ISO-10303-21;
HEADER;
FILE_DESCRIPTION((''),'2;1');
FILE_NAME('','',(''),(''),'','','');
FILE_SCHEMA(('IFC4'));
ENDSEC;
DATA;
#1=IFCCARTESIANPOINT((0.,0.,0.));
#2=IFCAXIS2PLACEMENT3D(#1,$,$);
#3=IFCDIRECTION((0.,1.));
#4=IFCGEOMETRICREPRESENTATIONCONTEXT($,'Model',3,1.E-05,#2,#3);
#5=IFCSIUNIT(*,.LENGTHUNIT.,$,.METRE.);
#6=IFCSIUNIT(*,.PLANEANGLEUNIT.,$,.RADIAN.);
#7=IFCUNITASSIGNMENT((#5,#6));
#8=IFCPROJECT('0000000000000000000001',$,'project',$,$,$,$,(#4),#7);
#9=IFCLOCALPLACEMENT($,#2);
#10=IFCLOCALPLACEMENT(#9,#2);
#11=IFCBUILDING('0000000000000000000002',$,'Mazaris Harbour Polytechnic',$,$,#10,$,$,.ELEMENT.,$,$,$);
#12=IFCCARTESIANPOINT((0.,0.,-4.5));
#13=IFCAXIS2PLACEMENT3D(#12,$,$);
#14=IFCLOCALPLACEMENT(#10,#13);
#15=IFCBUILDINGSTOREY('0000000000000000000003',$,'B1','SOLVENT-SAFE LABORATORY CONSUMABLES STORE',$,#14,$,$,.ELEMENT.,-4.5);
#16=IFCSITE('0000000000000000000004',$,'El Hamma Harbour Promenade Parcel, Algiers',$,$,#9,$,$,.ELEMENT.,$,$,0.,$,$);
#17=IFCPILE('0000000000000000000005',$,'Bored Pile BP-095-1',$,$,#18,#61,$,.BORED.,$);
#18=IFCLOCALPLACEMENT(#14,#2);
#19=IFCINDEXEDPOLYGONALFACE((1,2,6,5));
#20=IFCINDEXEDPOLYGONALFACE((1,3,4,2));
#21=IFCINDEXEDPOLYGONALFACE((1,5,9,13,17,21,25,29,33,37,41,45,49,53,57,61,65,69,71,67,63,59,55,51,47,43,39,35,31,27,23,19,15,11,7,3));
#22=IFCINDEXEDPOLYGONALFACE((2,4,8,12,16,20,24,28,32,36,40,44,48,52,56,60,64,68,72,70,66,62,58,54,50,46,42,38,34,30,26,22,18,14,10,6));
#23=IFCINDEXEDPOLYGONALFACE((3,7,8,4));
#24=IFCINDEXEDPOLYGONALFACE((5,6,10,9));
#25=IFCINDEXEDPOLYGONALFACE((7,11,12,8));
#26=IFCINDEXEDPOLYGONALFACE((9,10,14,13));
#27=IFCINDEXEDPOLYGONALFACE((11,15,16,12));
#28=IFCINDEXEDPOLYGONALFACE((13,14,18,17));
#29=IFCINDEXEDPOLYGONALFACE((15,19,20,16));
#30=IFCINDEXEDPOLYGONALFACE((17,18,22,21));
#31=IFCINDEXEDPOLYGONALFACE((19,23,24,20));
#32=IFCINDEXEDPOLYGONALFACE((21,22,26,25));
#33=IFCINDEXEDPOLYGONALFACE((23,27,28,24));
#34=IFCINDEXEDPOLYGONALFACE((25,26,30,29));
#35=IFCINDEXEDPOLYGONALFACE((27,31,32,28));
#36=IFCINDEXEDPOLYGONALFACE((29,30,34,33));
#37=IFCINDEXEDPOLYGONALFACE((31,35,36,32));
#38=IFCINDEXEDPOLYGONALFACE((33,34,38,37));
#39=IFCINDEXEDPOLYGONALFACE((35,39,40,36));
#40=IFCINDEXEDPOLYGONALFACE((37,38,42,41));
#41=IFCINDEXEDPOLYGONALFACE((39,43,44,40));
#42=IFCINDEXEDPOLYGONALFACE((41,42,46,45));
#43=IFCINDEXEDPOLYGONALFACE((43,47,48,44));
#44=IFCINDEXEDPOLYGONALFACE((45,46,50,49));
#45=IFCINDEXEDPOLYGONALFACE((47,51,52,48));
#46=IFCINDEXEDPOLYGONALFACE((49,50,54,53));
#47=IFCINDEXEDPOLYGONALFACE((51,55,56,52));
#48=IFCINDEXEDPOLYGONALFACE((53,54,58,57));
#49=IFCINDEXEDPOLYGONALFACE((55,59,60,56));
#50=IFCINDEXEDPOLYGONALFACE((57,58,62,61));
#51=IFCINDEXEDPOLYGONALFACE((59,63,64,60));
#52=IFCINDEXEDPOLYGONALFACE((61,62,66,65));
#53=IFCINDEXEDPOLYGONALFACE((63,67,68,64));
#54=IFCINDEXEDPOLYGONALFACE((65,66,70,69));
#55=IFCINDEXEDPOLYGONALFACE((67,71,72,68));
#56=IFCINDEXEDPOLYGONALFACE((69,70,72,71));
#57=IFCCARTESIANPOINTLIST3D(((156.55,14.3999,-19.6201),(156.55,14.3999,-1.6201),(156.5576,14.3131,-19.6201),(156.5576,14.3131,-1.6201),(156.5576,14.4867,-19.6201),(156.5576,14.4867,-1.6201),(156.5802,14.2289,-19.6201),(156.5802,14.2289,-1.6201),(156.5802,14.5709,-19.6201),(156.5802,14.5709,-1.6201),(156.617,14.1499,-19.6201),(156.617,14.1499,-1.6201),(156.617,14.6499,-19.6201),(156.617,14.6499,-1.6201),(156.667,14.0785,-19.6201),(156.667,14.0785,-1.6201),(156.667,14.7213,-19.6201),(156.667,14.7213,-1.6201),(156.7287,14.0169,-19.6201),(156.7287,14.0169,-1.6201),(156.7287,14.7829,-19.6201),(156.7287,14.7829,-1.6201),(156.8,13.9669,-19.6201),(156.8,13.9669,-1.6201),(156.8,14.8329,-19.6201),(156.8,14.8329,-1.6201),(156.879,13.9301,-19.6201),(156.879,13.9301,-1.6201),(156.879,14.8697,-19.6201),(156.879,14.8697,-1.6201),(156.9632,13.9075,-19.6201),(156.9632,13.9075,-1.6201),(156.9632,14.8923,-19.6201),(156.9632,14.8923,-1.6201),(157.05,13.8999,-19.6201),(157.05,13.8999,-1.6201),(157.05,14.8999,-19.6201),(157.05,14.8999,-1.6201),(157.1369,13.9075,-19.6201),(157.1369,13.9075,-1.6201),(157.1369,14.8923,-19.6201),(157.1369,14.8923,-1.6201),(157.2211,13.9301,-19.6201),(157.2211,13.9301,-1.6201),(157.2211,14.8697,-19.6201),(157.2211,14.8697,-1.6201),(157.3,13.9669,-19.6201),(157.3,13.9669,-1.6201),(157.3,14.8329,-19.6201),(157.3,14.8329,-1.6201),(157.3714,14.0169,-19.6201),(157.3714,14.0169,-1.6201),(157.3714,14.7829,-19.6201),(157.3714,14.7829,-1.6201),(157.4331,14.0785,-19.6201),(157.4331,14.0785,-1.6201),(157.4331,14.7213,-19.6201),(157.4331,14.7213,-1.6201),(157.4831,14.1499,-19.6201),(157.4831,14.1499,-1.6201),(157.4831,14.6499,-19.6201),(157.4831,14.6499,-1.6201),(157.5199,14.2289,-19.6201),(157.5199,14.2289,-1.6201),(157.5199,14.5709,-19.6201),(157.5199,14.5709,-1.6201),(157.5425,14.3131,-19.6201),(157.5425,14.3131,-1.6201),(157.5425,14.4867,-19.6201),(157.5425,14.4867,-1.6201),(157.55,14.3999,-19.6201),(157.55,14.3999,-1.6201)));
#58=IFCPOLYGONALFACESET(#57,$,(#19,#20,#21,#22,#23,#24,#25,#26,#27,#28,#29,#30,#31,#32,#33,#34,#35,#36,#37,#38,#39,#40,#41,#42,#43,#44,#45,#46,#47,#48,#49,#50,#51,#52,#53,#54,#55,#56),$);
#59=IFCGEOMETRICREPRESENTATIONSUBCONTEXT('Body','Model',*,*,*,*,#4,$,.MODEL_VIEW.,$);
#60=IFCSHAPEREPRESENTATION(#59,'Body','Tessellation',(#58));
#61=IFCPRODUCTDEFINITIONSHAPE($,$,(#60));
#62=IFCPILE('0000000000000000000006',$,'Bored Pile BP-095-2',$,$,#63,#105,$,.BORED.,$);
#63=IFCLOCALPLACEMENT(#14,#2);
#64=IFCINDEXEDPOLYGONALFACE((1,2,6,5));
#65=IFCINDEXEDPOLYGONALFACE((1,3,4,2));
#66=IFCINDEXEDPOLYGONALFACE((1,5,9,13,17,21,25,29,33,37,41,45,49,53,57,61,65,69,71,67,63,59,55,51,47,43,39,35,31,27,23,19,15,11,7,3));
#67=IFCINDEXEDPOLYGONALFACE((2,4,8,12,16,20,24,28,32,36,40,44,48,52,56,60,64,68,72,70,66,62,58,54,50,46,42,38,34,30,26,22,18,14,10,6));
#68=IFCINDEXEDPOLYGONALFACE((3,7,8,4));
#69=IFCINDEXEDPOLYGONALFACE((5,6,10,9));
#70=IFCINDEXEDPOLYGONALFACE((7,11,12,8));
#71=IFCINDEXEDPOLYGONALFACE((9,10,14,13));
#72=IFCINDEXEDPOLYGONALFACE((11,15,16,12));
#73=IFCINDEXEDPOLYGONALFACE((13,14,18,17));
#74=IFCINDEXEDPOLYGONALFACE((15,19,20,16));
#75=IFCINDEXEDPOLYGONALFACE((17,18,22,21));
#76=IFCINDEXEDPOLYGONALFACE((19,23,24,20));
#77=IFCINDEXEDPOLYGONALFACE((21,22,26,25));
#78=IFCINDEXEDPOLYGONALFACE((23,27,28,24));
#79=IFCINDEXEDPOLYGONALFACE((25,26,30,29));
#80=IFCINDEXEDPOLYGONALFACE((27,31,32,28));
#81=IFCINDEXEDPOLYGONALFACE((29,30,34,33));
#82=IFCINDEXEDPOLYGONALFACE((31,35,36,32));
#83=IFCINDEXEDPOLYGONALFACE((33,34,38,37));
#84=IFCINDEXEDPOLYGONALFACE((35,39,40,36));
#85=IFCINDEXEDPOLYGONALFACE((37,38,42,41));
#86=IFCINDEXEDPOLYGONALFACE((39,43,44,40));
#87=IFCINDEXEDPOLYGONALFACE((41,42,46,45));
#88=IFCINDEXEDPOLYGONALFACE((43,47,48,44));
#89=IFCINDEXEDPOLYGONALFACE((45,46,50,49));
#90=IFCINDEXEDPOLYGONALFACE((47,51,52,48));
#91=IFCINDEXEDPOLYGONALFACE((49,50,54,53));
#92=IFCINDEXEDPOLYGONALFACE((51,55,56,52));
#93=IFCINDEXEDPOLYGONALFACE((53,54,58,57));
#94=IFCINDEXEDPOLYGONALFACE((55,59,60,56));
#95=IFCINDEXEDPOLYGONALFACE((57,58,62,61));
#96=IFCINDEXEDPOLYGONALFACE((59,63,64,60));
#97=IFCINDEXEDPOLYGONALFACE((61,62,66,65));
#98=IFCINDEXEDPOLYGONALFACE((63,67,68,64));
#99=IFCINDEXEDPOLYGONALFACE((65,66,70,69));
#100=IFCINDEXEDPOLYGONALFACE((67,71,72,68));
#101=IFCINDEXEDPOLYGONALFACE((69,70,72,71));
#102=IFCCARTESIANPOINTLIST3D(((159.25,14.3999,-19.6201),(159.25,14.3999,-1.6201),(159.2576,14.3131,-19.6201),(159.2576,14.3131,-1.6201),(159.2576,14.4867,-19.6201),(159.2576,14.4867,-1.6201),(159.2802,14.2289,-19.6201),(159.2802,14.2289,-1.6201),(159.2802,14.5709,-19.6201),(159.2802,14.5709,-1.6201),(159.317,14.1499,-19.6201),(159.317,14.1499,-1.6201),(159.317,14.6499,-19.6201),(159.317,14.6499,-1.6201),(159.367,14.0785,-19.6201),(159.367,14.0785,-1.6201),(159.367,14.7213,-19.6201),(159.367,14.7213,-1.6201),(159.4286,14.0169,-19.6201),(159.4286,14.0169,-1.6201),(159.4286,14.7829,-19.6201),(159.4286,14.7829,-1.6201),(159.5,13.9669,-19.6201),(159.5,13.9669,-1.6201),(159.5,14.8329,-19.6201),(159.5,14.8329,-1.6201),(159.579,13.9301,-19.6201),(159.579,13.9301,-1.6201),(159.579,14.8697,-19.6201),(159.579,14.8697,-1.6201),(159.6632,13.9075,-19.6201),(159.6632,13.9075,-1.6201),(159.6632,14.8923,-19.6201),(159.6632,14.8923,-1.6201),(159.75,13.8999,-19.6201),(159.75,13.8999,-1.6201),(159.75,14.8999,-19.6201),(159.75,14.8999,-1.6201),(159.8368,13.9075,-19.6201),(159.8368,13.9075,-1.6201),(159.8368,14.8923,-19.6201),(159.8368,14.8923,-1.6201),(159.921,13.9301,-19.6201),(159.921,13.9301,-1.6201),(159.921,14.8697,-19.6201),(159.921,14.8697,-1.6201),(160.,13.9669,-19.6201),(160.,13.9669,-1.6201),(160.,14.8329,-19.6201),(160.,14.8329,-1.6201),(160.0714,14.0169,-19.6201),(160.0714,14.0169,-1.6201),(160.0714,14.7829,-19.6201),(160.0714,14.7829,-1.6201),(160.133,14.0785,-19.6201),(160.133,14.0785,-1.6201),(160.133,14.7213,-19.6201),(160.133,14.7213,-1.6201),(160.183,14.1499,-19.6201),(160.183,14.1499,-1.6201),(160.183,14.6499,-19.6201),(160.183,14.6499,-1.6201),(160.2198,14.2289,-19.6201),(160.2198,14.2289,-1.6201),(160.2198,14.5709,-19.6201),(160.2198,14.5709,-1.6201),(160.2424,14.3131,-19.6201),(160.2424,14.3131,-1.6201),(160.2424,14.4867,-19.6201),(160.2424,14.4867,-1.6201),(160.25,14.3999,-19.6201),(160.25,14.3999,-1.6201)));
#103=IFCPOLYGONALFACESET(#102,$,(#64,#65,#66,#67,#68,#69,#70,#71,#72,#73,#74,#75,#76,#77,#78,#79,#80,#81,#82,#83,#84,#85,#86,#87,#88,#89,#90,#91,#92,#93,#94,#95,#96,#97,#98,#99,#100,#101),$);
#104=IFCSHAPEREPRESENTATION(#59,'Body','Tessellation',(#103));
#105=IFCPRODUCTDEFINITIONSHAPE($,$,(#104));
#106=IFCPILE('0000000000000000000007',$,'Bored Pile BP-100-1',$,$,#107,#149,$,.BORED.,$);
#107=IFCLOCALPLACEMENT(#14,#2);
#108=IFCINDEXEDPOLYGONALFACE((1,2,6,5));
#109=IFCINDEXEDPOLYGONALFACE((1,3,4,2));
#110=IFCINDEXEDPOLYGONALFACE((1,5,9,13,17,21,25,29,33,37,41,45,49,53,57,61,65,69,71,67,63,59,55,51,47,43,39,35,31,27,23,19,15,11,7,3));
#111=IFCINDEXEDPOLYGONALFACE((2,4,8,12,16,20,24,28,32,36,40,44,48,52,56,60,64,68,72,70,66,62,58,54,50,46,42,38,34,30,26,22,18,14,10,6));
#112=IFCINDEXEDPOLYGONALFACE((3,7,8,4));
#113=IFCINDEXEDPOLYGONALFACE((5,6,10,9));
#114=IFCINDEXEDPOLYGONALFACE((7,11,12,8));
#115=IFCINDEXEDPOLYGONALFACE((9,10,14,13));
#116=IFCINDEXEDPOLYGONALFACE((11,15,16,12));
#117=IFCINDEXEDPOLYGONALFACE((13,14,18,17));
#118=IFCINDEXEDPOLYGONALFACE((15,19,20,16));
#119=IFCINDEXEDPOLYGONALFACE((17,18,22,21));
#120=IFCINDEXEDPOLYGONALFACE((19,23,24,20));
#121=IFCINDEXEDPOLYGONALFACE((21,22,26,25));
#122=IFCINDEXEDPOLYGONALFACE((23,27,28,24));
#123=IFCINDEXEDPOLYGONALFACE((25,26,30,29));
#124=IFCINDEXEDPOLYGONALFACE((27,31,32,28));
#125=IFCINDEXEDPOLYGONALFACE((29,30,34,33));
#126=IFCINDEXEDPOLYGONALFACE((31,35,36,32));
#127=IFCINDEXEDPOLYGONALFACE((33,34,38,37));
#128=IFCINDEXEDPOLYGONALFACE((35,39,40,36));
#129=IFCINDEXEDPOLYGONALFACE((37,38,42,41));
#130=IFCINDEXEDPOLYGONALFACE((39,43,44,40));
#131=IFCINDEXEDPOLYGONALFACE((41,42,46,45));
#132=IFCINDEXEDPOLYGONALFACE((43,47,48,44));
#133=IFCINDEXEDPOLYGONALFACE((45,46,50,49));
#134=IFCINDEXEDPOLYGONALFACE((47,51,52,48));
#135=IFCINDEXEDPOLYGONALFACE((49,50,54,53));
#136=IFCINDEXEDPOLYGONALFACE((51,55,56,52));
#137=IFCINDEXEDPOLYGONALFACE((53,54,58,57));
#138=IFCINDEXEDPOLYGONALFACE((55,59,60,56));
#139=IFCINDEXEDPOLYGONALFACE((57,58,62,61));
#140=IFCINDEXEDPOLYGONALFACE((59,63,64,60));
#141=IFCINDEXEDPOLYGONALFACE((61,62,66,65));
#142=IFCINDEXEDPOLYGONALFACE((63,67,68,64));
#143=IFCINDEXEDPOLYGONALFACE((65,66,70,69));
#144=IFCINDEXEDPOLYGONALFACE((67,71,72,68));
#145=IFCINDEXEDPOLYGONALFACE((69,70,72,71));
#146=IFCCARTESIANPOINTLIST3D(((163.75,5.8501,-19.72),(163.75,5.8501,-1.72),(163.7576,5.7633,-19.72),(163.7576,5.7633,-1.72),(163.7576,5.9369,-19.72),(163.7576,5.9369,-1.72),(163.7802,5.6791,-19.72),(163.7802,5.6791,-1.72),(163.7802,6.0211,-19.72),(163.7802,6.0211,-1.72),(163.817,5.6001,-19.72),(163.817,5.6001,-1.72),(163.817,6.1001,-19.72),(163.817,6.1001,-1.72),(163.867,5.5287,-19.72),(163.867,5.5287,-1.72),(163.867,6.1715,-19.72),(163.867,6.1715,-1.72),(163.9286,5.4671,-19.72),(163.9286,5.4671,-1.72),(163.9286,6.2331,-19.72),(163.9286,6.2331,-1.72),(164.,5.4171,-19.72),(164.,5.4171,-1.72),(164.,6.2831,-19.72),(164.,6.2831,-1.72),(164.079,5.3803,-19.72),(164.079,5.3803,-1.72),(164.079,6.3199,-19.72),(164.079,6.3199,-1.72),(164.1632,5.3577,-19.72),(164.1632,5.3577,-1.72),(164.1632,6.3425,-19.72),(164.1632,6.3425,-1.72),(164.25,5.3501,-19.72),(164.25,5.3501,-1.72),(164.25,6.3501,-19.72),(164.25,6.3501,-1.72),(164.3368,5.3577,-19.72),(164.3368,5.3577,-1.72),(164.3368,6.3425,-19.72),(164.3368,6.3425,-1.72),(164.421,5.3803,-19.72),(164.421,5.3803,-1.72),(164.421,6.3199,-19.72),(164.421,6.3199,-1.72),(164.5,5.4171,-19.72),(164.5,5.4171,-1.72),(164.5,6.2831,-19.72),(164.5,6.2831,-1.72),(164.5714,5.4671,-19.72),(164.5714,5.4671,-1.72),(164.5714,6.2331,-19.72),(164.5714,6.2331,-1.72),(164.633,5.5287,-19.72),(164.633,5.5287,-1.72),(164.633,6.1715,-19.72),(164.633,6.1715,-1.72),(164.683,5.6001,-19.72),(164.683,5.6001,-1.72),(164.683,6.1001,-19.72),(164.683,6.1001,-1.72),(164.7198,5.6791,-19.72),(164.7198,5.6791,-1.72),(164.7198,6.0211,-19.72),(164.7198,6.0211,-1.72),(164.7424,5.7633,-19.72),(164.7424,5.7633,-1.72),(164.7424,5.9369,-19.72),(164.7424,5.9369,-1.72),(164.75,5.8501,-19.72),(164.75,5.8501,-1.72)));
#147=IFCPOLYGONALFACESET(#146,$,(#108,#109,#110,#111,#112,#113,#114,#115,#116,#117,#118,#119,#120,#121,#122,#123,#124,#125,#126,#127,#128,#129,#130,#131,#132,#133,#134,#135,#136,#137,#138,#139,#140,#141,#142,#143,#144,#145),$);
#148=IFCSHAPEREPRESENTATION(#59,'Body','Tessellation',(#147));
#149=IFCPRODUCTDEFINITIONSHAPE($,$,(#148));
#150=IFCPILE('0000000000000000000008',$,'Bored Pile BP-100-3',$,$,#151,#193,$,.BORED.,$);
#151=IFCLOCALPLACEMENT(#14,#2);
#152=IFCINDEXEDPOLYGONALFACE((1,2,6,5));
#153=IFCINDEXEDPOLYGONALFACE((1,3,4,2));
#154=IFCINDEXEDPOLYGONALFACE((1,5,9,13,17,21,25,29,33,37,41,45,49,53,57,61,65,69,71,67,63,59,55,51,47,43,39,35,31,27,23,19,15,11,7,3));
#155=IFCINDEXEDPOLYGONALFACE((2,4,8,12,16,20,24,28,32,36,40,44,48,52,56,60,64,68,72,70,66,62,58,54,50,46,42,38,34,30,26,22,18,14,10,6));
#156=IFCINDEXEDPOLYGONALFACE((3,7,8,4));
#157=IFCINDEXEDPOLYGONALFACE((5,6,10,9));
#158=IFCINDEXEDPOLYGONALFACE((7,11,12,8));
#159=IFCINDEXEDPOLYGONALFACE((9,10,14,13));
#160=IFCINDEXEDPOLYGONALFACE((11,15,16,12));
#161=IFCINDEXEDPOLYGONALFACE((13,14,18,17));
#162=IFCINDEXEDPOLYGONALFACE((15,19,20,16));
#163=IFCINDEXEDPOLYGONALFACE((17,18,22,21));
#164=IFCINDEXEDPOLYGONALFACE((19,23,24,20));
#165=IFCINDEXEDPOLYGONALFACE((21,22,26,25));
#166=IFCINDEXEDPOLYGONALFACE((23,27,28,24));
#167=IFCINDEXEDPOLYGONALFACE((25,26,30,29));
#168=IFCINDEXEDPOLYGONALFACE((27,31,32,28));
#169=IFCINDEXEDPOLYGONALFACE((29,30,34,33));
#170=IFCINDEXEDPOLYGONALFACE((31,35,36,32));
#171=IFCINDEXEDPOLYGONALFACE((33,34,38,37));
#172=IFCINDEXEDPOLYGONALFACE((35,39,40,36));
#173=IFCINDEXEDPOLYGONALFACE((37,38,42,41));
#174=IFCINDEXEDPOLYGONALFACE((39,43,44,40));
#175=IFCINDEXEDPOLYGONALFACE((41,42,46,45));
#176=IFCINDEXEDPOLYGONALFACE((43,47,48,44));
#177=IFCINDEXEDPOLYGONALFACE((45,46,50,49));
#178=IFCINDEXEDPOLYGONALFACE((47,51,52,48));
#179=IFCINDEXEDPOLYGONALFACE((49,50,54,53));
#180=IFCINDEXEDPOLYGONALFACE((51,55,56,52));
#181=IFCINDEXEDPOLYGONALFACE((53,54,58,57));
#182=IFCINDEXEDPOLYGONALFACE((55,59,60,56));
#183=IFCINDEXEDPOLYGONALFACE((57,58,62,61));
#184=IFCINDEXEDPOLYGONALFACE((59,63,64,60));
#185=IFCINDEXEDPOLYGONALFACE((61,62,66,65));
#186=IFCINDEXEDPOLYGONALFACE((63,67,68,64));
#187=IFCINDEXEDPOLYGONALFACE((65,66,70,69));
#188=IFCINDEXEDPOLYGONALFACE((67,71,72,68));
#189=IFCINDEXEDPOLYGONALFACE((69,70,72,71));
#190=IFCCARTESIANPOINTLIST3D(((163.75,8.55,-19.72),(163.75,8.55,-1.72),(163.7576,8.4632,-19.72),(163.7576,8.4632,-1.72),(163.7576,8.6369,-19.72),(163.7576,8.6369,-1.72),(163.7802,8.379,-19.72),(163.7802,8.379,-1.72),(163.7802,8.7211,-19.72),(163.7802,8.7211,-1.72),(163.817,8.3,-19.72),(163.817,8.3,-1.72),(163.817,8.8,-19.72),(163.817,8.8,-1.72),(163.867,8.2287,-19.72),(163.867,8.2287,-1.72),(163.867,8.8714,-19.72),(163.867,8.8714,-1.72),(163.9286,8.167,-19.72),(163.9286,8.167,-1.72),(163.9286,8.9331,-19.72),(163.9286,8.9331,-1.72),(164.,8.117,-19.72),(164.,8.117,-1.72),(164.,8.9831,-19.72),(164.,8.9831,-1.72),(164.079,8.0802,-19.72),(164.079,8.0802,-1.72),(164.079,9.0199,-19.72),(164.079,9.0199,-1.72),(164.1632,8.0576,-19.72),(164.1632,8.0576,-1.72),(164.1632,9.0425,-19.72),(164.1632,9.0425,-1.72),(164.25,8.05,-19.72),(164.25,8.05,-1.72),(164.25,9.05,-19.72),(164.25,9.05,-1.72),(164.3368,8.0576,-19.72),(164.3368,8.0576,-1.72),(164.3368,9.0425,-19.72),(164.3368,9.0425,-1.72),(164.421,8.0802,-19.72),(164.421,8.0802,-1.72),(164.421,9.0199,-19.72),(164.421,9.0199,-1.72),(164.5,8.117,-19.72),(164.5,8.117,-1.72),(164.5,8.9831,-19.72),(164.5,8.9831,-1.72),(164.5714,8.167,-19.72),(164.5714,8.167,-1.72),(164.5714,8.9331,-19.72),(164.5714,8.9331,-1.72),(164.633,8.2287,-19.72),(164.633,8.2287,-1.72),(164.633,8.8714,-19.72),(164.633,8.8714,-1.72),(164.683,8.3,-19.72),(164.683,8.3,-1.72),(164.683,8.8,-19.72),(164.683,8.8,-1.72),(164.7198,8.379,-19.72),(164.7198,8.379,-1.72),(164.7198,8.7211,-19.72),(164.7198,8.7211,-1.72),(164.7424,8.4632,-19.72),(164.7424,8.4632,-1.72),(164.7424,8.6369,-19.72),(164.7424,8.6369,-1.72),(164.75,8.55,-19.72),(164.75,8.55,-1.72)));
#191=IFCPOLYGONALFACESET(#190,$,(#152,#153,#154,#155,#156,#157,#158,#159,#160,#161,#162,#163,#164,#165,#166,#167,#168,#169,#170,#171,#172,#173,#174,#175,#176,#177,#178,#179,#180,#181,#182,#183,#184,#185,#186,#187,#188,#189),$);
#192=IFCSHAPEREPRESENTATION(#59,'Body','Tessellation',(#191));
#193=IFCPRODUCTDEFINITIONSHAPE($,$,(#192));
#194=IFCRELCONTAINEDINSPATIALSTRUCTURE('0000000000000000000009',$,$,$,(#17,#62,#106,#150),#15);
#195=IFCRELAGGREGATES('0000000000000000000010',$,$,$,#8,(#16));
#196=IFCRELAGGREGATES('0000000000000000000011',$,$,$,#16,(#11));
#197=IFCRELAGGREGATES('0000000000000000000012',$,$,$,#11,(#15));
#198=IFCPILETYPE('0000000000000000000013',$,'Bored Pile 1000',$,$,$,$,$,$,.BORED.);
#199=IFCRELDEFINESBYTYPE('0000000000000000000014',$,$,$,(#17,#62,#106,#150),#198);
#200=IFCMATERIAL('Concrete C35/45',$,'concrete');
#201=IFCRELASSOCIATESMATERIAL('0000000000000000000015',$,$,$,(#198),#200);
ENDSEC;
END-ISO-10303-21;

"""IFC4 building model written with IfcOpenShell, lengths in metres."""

from ifc_helpers import new_model, si_unit, direction, frame, origin, origin_2d, place, context, subcontext, project, spatial, circle, extrude, material, material_profile, profile_set, type_object, element, save


model = new_model("IFC4")

# Units and contexts
model_context = context("Model", 3, precision=1e-05, world=origin(), true_north=direction((0.0, 1.0)))
body_context = subcontext(model_context, "Body", "Model", "MODEL_VIEW")
ifc_project = project(units=[si_unit("LENGTHUNIT", "METRE"), si_unit("PLANEANGLEUNIT", "RADIAN")], contexts=[model_context])

# Site, building, storey
site_placement = place(None, origin())
site = spatial("IfcSite", under=ifc_project, at=site_placement, Name="El Hamma Harbour Promenade Parcel, Algiers", CompositionType="ELEMENT", RefElevation=0.0)
building_placement = place(site_placement, origin())
building = spatial("IfcBuilding", under=site, at=building_placement, Name="Mazaris Harbour Polytechnic", CompositionType="ELEMENT")
storey_placement = place(building_placement, frame((0.0, 0.0, -4.5)))
storey = spatial("IfcBuildingStorey", under=building, at=storey_placement, Name="B1", Description="SOLVENT-SAFE LABORATORY CONSUMABLES STORE", CompositionType="ELEMENT", Elevation=-4.5)

# Piles
ifc_material_1 = material(Name="Concrete C35/45", Category="concrete")
ifc_material_profile_1 = material_profile(ifc_material_1, circle(Radius=0.5, at=origin_2d()), Name="DIA1000")
ifc_profile_set_1 = profile_set([ifc_material_profile_1], Name="Concrete C35/45")
pile_type_1 = type_object("IfcPileType", Name="Bored Pile 1000", PredefinedType="BORED", material=ifc_profile_set_1)
for number, where, z_axis, x_axis, name in (
    (1, (157.05, 14.3999, -1.6201), (0.0, 0.0, -1.0), (1.0, 0.0, 0.0), "Bored Pile BP-095-1"),
    (2, (159.75, 14.3999, -1.6201), (0.0, 0.0, -1.0), (1.0, 0.0, 0.0), "Bored Pile BP-095-2"),
    (3, (164.25, 5.8501, -1.72), (0.0, 0.0, -1.0), (1.0, 0.0, 0.0), "Bored Pile BP-100-1"),
    (4, (164.25, 8.55, -1.72), (0.0, 0.0, -1.0), (1.0, 0.0, 0.0), "Bored Pile BP-100-3"),
):
    element("IfcPile", number, at=place(storey_placement, frame(where, z_axis=z_axis, x_axis=x_axis)), inside=storey, type_object=pile_type_1, Name=name, PredefinedType="BORED", context=body_context, shape_type="SweptSolid", body=[
        extrude(circle(Radius=0.5, at=origin_2d()), origin(), (0.0, 0.0, 1.0), 18.0),
    ])

save(model, "model.ifc")
